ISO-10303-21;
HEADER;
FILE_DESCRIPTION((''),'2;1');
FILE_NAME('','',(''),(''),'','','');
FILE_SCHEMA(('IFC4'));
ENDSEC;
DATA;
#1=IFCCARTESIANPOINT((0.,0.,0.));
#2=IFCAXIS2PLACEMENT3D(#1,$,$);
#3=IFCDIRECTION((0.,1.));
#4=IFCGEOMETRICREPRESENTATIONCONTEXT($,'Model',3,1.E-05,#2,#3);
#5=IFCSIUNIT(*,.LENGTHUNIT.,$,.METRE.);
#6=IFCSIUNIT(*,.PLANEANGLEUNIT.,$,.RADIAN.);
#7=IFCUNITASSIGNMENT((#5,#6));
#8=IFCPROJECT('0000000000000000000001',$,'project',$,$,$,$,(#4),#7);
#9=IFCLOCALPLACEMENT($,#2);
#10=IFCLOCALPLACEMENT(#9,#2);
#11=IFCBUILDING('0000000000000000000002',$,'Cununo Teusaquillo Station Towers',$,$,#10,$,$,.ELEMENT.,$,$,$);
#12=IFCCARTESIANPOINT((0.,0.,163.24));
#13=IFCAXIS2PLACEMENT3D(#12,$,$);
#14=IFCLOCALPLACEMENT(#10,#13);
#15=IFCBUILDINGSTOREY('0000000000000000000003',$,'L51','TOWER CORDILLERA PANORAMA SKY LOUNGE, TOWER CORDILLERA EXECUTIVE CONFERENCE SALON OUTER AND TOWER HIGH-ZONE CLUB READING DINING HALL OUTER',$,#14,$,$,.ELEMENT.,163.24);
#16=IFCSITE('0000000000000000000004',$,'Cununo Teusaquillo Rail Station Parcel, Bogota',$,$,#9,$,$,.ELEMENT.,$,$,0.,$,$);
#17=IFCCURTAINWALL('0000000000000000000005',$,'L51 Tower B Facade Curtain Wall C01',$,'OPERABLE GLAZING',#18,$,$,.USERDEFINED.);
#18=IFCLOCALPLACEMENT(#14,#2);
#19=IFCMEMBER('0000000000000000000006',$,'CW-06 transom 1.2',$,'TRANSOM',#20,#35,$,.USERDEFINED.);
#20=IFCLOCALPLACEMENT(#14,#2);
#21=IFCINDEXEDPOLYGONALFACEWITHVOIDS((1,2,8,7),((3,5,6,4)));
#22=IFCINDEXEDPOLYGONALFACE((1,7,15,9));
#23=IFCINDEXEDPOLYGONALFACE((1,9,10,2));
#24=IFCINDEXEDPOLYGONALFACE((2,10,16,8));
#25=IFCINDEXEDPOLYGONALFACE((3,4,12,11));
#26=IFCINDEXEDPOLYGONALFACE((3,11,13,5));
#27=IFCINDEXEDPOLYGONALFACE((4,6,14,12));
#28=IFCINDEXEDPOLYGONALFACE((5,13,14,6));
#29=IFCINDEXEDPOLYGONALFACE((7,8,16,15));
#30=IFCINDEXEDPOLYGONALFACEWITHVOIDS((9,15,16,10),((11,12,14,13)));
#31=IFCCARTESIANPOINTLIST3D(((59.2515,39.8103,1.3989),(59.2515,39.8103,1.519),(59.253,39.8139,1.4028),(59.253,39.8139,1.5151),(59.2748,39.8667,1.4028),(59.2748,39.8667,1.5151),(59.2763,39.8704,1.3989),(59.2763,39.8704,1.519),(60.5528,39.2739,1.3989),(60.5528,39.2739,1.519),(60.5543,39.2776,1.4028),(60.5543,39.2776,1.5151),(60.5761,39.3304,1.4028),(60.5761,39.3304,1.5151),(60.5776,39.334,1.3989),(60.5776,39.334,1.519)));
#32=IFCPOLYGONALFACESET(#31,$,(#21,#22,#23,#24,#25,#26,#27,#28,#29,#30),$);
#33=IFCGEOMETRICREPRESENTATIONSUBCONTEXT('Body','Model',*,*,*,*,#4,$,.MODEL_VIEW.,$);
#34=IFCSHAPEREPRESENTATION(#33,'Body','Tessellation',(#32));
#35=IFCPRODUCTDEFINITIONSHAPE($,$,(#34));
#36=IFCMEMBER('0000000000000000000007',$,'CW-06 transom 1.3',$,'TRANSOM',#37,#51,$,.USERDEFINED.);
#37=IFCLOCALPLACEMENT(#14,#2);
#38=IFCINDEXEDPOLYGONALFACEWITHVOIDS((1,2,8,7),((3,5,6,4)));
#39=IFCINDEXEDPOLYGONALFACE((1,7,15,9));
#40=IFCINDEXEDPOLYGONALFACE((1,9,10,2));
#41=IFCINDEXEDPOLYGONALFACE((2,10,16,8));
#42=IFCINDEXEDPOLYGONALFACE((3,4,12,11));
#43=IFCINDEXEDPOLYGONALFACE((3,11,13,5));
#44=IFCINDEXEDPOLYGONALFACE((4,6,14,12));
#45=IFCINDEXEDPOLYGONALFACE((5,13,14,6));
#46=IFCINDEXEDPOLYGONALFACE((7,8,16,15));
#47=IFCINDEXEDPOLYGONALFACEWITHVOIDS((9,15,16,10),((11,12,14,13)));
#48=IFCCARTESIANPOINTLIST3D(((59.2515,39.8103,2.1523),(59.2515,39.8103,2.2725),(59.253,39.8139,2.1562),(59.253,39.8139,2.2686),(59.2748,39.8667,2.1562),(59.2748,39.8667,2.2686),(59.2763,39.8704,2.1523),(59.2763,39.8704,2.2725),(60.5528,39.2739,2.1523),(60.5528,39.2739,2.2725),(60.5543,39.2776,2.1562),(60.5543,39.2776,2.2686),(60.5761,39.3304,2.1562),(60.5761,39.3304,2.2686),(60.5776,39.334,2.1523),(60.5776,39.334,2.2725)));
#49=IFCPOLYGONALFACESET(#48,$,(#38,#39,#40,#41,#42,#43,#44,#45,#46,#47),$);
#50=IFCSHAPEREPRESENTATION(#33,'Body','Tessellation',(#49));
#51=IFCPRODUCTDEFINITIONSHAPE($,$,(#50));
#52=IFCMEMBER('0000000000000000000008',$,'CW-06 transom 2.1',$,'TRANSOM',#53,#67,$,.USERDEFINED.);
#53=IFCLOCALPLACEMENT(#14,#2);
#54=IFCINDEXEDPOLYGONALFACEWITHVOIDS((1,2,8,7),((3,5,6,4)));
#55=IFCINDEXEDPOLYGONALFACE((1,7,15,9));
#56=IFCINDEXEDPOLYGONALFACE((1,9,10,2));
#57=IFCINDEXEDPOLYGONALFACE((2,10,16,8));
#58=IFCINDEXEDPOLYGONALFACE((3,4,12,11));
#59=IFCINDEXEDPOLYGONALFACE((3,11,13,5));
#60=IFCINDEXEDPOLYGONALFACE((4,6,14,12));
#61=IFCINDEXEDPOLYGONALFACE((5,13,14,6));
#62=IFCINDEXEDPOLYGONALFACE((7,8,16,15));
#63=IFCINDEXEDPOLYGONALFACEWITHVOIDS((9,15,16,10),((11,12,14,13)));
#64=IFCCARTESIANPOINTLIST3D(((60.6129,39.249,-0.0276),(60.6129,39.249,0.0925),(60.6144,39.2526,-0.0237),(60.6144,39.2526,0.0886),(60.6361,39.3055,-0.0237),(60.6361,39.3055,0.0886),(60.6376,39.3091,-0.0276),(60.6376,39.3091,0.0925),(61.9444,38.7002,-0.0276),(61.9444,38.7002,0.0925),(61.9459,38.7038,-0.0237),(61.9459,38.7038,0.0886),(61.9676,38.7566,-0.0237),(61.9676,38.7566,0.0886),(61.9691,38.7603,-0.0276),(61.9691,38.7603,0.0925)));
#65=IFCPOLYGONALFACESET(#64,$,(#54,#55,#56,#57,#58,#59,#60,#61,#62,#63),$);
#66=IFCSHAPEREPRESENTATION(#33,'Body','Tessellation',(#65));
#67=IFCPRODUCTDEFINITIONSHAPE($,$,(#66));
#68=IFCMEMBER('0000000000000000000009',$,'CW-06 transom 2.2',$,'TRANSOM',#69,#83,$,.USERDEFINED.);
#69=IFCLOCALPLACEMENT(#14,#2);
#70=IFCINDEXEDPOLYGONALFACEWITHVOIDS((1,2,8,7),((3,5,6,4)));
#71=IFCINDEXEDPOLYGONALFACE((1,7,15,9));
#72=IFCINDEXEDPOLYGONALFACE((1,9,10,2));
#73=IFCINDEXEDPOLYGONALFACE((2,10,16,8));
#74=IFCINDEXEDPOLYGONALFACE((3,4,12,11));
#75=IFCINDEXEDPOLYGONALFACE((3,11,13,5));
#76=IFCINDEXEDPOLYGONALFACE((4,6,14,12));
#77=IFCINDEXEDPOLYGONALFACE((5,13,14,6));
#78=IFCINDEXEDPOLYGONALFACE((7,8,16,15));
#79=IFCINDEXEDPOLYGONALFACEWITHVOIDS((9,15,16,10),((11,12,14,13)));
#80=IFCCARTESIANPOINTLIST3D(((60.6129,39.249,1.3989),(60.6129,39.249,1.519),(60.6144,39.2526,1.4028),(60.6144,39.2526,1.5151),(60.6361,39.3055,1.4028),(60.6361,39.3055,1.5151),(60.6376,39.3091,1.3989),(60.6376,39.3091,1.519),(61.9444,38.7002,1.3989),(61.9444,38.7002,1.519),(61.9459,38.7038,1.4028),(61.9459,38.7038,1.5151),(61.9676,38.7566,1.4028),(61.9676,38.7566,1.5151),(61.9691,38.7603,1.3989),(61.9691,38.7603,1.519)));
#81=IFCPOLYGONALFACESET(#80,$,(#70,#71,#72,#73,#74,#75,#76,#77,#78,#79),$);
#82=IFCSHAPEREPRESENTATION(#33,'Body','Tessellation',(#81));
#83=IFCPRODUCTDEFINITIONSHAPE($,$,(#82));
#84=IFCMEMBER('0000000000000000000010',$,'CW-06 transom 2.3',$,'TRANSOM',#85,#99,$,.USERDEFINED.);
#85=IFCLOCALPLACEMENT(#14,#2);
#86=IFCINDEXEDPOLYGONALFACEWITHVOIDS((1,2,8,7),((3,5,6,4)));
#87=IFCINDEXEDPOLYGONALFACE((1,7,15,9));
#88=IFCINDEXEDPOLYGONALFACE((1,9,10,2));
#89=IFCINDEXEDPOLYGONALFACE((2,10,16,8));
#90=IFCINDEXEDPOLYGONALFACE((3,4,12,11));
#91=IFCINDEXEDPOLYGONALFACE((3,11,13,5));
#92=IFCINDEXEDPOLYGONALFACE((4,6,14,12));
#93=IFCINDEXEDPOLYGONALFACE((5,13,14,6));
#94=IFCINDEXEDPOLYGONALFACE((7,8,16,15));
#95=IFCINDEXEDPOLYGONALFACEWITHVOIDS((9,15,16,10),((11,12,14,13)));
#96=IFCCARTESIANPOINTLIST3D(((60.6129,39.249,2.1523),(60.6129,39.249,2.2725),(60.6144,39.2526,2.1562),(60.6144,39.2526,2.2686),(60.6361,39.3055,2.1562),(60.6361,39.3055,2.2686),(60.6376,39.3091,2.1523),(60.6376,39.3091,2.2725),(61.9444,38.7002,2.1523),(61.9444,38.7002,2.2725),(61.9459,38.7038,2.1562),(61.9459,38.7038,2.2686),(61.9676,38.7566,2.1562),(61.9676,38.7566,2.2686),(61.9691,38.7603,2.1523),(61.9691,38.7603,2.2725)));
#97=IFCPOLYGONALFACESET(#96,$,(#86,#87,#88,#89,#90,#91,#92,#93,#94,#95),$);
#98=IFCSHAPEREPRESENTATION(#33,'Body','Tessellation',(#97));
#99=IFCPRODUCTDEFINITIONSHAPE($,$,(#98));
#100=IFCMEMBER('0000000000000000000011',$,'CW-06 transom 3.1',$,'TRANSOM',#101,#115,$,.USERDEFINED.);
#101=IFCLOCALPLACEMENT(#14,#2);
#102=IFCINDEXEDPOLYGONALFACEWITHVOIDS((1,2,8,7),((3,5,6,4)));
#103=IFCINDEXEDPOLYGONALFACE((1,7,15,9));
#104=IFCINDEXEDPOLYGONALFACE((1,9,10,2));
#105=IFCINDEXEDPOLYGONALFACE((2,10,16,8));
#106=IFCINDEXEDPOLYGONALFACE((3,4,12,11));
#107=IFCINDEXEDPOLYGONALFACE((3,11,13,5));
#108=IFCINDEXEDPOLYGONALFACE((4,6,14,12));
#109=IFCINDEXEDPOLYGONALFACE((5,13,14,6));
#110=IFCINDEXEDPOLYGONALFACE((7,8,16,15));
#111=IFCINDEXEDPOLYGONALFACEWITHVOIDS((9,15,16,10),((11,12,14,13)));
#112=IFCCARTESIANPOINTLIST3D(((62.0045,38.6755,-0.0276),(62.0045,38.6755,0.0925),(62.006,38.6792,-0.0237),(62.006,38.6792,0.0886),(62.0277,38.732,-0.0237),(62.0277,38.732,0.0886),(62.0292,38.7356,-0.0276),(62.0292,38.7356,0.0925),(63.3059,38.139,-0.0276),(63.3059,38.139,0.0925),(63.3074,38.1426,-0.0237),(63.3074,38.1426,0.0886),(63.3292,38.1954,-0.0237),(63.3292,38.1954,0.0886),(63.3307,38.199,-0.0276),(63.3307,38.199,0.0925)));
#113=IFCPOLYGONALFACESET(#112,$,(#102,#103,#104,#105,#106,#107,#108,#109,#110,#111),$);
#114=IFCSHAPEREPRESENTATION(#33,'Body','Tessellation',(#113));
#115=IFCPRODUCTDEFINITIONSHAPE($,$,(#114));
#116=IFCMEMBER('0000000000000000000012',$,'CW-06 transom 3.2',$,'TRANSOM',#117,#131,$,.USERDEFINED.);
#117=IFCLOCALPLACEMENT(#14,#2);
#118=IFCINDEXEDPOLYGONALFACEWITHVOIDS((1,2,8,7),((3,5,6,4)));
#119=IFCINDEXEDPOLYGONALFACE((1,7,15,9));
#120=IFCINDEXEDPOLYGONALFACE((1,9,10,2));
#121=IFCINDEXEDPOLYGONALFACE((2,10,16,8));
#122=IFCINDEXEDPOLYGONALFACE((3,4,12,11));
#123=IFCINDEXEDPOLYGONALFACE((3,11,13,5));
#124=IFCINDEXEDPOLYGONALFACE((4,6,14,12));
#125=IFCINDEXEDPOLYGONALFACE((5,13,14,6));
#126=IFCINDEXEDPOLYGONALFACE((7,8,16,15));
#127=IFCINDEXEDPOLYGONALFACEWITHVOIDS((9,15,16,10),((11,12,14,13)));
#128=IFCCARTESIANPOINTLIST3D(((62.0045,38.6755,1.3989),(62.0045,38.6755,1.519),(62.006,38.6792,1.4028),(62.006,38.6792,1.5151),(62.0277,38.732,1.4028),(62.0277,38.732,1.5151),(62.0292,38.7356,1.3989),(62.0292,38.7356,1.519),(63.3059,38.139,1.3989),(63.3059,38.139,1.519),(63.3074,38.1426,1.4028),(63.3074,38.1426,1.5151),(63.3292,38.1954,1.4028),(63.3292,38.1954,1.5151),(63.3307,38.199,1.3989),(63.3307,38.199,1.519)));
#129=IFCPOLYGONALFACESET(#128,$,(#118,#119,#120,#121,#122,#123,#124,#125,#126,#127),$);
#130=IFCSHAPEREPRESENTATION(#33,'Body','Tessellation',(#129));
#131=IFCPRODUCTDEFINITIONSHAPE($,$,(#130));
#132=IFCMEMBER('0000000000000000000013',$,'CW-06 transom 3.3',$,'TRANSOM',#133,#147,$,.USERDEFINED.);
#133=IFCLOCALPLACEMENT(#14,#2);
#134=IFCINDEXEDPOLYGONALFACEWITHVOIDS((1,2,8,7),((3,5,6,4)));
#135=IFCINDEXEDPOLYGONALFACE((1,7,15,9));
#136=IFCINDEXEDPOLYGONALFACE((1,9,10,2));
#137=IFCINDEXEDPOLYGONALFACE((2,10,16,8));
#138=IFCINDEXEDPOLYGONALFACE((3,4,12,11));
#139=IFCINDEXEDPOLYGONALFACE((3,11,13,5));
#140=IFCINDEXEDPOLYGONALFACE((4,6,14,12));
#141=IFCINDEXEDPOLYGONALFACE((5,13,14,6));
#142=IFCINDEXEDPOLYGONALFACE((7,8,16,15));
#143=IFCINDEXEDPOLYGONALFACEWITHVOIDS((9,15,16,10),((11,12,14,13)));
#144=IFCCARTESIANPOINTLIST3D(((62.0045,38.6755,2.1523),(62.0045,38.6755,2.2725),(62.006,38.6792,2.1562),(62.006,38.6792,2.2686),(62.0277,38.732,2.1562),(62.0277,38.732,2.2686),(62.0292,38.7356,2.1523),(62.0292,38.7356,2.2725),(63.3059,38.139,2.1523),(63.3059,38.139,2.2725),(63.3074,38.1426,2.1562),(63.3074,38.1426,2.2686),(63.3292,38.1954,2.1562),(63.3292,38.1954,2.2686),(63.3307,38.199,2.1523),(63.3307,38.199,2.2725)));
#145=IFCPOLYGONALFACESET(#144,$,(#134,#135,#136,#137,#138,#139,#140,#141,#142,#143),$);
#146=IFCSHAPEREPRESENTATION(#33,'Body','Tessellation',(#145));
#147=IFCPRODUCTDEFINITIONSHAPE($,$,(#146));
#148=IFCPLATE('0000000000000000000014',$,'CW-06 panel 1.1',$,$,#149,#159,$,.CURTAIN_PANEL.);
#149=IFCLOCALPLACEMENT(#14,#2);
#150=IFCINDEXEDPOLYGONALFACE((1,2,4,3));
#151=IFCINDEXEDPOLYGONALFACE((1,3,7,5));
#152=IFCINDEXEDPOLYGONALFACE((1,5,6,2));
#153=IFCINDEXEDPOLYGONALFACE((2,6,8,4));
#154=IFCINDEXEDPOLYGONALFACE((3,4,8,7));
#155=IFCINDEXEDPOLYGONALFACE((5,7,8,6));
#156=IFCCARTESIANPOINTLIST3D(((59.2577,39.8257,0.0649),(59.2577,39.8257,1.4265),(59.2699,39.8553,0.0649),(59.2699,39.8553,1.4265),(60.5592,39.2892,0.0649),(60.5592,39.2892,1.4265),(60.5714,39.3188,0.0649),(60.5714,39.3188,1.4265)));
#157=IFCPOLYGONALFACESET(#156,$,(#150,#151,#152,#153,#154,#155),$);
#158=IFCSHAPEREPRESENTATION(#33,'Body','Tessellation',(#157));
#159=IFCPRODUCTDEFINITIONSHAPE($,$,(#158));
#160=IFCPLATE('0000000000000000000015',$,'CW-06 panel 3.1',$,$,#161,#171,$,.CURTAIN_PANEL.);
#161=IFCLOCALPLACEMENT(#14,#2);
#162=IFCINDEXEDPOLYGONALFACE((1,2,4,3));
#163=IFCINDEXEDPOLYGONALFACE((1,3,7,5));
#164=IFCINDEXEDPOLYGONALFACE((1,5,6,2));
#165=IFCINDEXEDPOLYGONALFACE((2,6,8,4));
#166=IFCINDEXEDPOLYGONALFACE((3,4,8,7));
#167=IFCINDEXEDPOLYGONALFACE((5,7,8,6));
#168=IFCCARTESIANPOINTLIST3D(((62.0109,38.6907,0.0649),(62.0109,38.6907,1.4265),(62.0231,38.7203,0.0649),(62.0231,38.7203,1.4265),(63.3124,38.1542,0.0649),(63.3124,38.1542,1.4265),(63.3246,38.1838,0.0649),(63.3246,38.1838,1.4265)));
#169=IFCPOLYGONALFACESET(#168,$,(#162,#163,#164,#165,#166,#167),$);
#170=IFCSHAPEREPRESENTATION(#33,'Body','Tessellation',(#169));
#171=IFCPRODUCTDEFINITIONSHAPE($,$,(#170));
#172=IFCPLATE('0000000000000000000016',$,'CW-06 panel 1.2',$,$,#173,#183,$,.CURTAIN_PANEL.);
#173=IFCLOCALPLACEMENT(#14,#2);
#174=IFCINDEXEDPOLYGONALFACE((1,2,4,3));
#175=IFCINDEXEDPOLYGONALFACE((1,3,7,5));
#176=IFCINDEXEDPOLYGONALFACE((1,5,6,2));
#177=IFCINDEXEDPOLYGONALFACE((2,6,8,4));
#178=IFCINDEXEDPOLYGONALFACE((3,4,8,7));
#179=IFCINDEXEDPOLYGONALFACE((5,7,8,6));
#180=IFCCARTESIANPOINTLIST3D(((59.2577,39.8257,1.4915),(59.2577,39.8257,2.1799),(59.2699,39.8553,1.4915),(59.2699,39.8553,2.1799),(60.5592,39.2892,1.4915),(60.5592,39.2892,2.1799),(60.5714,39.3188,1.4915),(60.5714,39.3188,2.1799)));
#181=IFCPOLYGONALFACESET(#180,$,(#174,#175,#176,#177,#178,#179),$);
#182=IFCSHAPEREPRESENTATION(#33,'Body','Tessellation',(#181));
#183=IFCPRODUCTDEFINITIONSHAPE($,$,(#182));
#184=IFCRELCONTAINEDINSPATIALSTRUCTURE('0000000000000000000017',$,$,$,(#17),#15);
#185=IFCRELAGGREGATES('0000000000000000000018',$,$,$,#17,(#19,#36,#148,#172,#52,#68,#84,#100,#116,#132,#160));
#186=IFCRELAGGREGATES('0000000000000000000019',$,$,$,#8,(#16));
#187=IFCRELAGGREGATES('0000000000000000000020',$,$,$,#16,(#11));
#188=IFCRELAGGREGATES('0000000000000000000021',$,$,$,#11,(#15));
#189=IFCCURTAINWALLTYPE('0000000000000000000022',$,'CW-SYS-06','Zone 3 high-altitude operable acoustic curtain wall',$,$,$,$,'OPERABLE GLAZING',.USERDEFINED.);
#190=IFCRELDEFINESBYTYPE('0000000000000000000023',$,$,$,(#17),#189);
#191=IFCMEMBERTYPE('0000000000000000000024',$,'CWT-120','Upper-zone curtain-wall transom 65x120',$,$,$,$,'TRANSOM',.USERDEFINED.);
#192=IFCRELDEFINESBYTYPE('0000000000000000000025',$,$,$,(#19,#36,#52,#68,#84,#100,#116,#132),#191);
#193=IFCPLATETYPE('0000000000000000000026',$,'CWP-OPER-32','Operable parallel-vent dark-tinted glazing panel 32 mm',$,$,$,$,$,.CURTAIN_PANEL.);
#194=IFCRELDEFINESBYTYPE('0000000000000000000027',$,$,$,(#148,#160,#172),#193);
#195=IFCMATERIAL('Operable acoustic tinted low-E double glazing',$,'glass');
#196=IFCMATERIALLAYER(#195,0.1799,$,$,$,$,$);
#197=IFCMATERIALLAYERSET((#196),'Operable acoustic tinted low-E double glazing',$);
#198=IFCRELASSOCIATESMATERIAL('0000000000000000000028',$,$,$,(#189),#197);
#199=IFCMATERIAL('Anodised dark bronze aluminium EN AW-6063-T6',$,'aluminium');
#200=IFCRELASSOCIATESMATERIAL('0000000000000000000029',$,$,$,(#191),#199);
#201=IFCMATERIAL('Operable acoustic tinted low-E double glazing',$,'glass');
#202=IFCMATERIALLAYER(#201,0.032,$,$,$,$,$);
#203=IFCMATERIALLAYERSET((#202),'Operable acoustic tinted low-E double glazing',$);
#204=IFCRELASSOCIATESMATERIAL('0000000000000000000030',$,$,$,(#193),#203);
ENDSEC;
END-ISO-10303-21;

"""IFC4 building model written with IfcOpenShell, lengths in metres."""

from ifc_helpers import new_model, si_unit, direction, frame, origin, origin_2d, place, context, subcontext, project, spatial, rectangle, hollow_rectangle, extrude, source, transform, mapped, material, layer, layer_set, material_profile, profile_set, type_object, element, aggregate, save


model = new_model("IFC4")

# Units and contexts
model_context = context("Model", 3, precision=1e-05, world=origin(), true_north=direction((0.0, 1.0)))
body_context = subcontext(model_context, "Body", "Model", "MODEL_VIEW")
ifc_project = project(units=[si_unit("LENGTHUNIT", "METRE"), si_unit("PLANEANGLEUNIT", "RADIAN")], contexts=[model_context])

# Site, building, storey
site_placement = place(None, origin())
site = spatial("IfcSite", under=ifc_project, at=site_placement, Name="Cununo Teusaquillo Rail Station Parcel, Bogota", CompositionType="ELEMENT", RefElevation=0.0)
building_placement = place(site_placement, origin())
building = spatial("IfcBuilding", under=site, at=building_placement, Name="Cununo Teusaquillo Station Towers", CompositionType="ELEMENT")
storey_placement = place(building_placement, frame((0.0, 0.0, 163.24)))
storey = spatial("IfcBuildingStorey", under=building, at=storey_placement, Name="L51", Description="TOWER CORDILLERA PANORAMA SKY LOUNGE, TOWER CORDILLERA EXECUTIVE CONFERENCE SALON OUTER AND TOWER HIGH-ZONE CLUB READING DINING HALL OUTER", CompositionType="ELEMENT", Elevation=163.24)

# Curtain wall, members, plates
ifc_material_1 = material(Name="Operable acoustic tinted low-E double glazing", Category="glass")
ifc_layer_1 = layer(ifc_material_1, 0.1799)
ifc_layer_set_1 = layer_set([ifc_layer_1], Name="Operable acoustic tinted low-E double glazing")
curtain_wall_type = type_object("IfcCurtainWallType", Name="CW-SYS-06", Description="Zone 3 high-altitude operable acoustic curtain wall", ElementType="OPERABLE GLAZING", PredefinedType="USERDEFINED", material=ifc_layer_set_1)
curtain_wall_placement = place(storey_placement, origin())
curtain_wall = element("IfcCurtainWall", 1, at=curtain_wall_placement, inside=storey, type_object=curtain_wall_type, Name="L51 Tower B Facade Curtain Wall C01", ObjectType="OPERABLE GLAZING", PredefinedType="USERDEFINED")
ifc_material_2 = material(Name="Anodised dark bronze aluminium EN AW-6063-T6", Category="aluminium")
ifc_material_profile_1 = material_profile(ifc_material_2, hollow_rectangle(XDim=0.0649, YDim=0.1201, WallThickness=0.0039, at=origin_2d()), Name="CW-TRAN-65x120")
ifc_profile_set_1 = profile_set([ifc_material_profile_1], Name="Anodised dark bronze aluminium EN AW-6063-T6")
member_type_1 = type_object("IfcMemberType", Name="CWT-120", Description="Upper-zone curtain-wall transom 65x120", ElementType="TRANSOM", PredefinedType="USERDEFINED", material=ifc_profile_set_1)
member_1_placement = place(storey_placement, frame((59.2639, 39.8403, 1.459), z_axis=(0.924538, -0.38109, 0.0), x_axis=(0.38109, 0.924538, 0.0)))
member_1 = element("IfcMember", 2, at=member_1_placement, type_object=member_type_1, Name="CW-06 transom 1.2", ObjectType="TRANSOM", PredefinedType="USERDEFINED", context=body_context, shape_type="SweptSolid", body=[
    extrude(hollow_rectangle(XDim=0.0649, YDim=0.1201, WallThickness=0.0039, at=origin_2d()), origin(), (0.0, 0.0, 1.0), 1.4075),
])
member_2_placement = place(storey_placement, frame((59.2639, 39.8403, 2.2124), z_axis=(0.924538, -0.38109, 0.0), x_axis=(0.38109, 0.924538, 0.0)))
member_2 = element("IfcMember", 3, at=member_2_placement, type_object=member_type_1, Name="CW-06 transom 1.3", ObjectType="TRANSOM", PredefinedType="USERDEFINED", context=body_context, shape_type="SweptSolid", body=[
    extrude(hollow_rectangle(XDim=0.0649, YDim=0.1201, WallThickness=0.0039, at=origin_2d()), origin(), (0.0, 0.0, 1.0), 1.4075),
])
member_3_placement = place(storey_placement, frame((60.6252, 39.2791, 0.0325), z_axis=(0.924545, -0.381074, 0.0), x_axis=(0.381074, 0.924545, 0.0)))
member_3 = element("IfcMember", 4, at=member_3_placement, type_object=member_type_1, Name="CW-06 transom 2.1", ObjectType="TRANSOM", PredefinedType="USERDEFINED", context=body_context, shape_type="SweptSolid", body=[
    extrude(hollow_rectangle(XDim=0.0649, YDim=0.1201, WallThickness=0.0039, at=origin_2d()), origin(), (0.0, 0.0, 1.0), 1.4402),
])
member_4_placement = place(storey_placement, frame((60.6252, 39.2791, 1.459), z_axis=(0.924545, -0.381074, 0.0), x_axis=(0.381074, 0.924545, 0.0)))
member_4 = element("IfcMember", 5, at=member_4_placement, type_object=member_type_1, Name="CW-06 transom 2.2", ObjectType="TRANSOM", PredefinedType="USERDEFINED", context=body_context, shape_type="SweptSolid", body=[
    extrude(hollow_rectangle(XDim=0.0649, YDim=0.1201, WallThickness=0.0039, at=origin_2d()), origin(), (0.0, 0.0, 1.0), 1.4402),
])
member_5_placement = place(storey_placement, frame((60.6252, 39.2791, 2.2124), z_axis=(0.924545, -0.381074, 0.0), x_axis=(0.381074, 0.924545, 0.0)))
member_5 = element("IfcMember", 6, at=member_5_placement, type_object=member_type_1, Name="CW-06 transom 2.3", ObjectType="TRANSOM", PredefinedType="USERDEFINED", context=body_context, shape_type="SweptSolid", body=[
    extrude(hollow_rectangle(XDim=0.0649, YDim=0.1201, WallThickness=0.0039, at=origin_2d()), origin(), (0.0, 0.0, 1.0), 1.4402),
])
member_6_placement = place(storey_placement, frame((62.0168, 38.7056, 0.0325), z_axis=(0.924502, -0.381177, 0.0), x_axis=(0.381177, 0.924502, 0.0)))
member_6 = element("IfcMember", 7, at=member_6_placement, type_object=member_type_1, Name="CW-06 transom 3.1", ObjectType="TRANSOM", PredefinedType="USERDEFINED", context=body_context, shape_type="SweptSolid", body=[
    extrude(hollow_rectangle(XDim=0.0649, YDim=0.1201, WallThickness=0.0039, at=origin_2d()), origin(), (0.0, 0.0, 1.0), 1.4077),
])
member_7_placement = place(storey_placement, frame((62.0168, 38.7056, 1.459), z_axis=(0.924502, -0.381177, 0.0), x_axis=(0.381177, 0.924502, 0.0)))
member_7 = element("IfcMember", 8, at=member_7_placement, type_object=member_type_1, Name="CW-06 transom 3.2", ObjectType="TRANSOM", PredefinedType="USERDEFINED", context=body_context, shape_type="SweptSolid", body=[
    extrude(hollow_rectangle(XDim=0.0649, YDim=0.1201, WallThickness=0.0039, at=origin_2d()), origin(), (0.0, 0.0, 1.0), 1.4077),
])
member_8_placement = place(storey_placement, frame((62.0168, 38.7056, 2.2124), z_axis=(0.924502, -0.381177, 0.0), x_axis=(0.381177, 0.924502, 0.0)))
member_8 = element("IfcMember", 9, at=member_8_placement, type_object=member_type_1, Name="CW-06 transom 3.3", ObjectType="TRANSOM", PredefinedType="USERDEFINED", context=body_context, shape_type="SweptSolid", body=[
    extrude(hollow_rectangle(XDim=0.0649, YDim=0.1201, WallThickness=0.0039, at=origin_2d()), origin(), (0.0, 0.0, 1.0), 1.4077),
])
ifc_material_3 = material(Name="Operable acoustic tinted low-E double glazing", Category="glass")
ifc_layer_2 = layer(ifc_material_3, 0.032)
ifc_layer_set_2 = layer_set([ifc_layer_2], Name="Operable acoustic tinted low-E double glazing")
plate_type = type_object("IfcPlateType", Name="CWP-OPER-32", Description="Operable parallel-vent dark-tinted glazing panel 32 mm", PredefinedType="CURTAIN_PANEL", material=ifc_layer_set_2)
shared_shape_1 = source(origin(), body_context, "Body", "SweptSolid", [
    extrude(rectangle(XDim=1.4077, YDim=0.032, at=origin_2d()), origin(), (0.0, 0.0, 1.0), 1.3616),
])
plate_1_placement = place(storey_placement, frame((59.9146, 39.5723, 0.0649), z_axis=(0.0, 0.0, 1.0), x_axis=(0.924525, -0.381122, 0.0)))
plate_1 = element("IfcPlate", 10, at=plate_1_placement, type_object=plate_type, Name="CW-06 panel 1.1", PredefinedType="CURTAIN_PANEL", context=body_context, shape_type="MappedRepresentation", body=[
    mapped(shared_shape_1, transform((0.0, 0.0, 0.0), x_axis=(1.0, 0.0, 0.0), y_axis=(0.0, 1.0, 0.0), z_axis=(0.0, 0.0, 1.0), scale=1.0)),
])
plate_2_placement = place(storey_placement, frame((62.6677, 38.4373, 0.0649), z_axis=(0.0, 0.0, 1.0), x_axis=(0.924525, -0.381122, 0.0)))
plate_2 = element("IfcPlate", 11, at=plate_2_placement, type_object=plate_type, Name="CW-06 panel 3.1", PredefinedType="CURTAIN_PANEL", context=body_context, shape_type="MappedRepresentation", body=[
    mapped(shared_shape_1, transform((0.0, 0.0, 0.0), x_axis=(1.0, 0.0, 0.0), y_axis=(0.0, 1.0, 0.0), z_axis=(0.0, 0.0, 1.0), scale=1.0)),
])
shared_shape_2 = source(origin(), body_context, "Body", "SweptSolid", [
    extrude(rectangle(XDim=1.4077, YDim=0.032, at=origin_2d()), origin(), (0.0, 0.0, 1.0), 0.6885),
])
plate_3_placement = place(storey_placement, frame((59.9146, 39.5723, 1.4915), z_axis=(0.0, 0.0, 1.0), x_axis=(0.924525, -0.381122, 0.0)))
plate_3 = element("IfcPlate", 12, at=plate_3_placement, type_object=plate_type, Name="CW-06 panel 1.2", PredefinedType="CURTAIN_PANEL", context=body_context, shape_type="MappedRepresentation", body=[
    mapped(shared_shape_2, transform((0.0, 0.0, 0.0), x_axis=(1.0, 0.0, 0.0), y_axis=(0.0, 1.0, 0.0), z_axis=(0.0, 0.0, 1.0), scale=1.0)),
])
aggregate(curtain_wall, [member_1, member_2, plate_1, plate_3, member_3, member_4, member_5, member_6, member_7, member_8, plate_2])

save(model, "model.ifc")
